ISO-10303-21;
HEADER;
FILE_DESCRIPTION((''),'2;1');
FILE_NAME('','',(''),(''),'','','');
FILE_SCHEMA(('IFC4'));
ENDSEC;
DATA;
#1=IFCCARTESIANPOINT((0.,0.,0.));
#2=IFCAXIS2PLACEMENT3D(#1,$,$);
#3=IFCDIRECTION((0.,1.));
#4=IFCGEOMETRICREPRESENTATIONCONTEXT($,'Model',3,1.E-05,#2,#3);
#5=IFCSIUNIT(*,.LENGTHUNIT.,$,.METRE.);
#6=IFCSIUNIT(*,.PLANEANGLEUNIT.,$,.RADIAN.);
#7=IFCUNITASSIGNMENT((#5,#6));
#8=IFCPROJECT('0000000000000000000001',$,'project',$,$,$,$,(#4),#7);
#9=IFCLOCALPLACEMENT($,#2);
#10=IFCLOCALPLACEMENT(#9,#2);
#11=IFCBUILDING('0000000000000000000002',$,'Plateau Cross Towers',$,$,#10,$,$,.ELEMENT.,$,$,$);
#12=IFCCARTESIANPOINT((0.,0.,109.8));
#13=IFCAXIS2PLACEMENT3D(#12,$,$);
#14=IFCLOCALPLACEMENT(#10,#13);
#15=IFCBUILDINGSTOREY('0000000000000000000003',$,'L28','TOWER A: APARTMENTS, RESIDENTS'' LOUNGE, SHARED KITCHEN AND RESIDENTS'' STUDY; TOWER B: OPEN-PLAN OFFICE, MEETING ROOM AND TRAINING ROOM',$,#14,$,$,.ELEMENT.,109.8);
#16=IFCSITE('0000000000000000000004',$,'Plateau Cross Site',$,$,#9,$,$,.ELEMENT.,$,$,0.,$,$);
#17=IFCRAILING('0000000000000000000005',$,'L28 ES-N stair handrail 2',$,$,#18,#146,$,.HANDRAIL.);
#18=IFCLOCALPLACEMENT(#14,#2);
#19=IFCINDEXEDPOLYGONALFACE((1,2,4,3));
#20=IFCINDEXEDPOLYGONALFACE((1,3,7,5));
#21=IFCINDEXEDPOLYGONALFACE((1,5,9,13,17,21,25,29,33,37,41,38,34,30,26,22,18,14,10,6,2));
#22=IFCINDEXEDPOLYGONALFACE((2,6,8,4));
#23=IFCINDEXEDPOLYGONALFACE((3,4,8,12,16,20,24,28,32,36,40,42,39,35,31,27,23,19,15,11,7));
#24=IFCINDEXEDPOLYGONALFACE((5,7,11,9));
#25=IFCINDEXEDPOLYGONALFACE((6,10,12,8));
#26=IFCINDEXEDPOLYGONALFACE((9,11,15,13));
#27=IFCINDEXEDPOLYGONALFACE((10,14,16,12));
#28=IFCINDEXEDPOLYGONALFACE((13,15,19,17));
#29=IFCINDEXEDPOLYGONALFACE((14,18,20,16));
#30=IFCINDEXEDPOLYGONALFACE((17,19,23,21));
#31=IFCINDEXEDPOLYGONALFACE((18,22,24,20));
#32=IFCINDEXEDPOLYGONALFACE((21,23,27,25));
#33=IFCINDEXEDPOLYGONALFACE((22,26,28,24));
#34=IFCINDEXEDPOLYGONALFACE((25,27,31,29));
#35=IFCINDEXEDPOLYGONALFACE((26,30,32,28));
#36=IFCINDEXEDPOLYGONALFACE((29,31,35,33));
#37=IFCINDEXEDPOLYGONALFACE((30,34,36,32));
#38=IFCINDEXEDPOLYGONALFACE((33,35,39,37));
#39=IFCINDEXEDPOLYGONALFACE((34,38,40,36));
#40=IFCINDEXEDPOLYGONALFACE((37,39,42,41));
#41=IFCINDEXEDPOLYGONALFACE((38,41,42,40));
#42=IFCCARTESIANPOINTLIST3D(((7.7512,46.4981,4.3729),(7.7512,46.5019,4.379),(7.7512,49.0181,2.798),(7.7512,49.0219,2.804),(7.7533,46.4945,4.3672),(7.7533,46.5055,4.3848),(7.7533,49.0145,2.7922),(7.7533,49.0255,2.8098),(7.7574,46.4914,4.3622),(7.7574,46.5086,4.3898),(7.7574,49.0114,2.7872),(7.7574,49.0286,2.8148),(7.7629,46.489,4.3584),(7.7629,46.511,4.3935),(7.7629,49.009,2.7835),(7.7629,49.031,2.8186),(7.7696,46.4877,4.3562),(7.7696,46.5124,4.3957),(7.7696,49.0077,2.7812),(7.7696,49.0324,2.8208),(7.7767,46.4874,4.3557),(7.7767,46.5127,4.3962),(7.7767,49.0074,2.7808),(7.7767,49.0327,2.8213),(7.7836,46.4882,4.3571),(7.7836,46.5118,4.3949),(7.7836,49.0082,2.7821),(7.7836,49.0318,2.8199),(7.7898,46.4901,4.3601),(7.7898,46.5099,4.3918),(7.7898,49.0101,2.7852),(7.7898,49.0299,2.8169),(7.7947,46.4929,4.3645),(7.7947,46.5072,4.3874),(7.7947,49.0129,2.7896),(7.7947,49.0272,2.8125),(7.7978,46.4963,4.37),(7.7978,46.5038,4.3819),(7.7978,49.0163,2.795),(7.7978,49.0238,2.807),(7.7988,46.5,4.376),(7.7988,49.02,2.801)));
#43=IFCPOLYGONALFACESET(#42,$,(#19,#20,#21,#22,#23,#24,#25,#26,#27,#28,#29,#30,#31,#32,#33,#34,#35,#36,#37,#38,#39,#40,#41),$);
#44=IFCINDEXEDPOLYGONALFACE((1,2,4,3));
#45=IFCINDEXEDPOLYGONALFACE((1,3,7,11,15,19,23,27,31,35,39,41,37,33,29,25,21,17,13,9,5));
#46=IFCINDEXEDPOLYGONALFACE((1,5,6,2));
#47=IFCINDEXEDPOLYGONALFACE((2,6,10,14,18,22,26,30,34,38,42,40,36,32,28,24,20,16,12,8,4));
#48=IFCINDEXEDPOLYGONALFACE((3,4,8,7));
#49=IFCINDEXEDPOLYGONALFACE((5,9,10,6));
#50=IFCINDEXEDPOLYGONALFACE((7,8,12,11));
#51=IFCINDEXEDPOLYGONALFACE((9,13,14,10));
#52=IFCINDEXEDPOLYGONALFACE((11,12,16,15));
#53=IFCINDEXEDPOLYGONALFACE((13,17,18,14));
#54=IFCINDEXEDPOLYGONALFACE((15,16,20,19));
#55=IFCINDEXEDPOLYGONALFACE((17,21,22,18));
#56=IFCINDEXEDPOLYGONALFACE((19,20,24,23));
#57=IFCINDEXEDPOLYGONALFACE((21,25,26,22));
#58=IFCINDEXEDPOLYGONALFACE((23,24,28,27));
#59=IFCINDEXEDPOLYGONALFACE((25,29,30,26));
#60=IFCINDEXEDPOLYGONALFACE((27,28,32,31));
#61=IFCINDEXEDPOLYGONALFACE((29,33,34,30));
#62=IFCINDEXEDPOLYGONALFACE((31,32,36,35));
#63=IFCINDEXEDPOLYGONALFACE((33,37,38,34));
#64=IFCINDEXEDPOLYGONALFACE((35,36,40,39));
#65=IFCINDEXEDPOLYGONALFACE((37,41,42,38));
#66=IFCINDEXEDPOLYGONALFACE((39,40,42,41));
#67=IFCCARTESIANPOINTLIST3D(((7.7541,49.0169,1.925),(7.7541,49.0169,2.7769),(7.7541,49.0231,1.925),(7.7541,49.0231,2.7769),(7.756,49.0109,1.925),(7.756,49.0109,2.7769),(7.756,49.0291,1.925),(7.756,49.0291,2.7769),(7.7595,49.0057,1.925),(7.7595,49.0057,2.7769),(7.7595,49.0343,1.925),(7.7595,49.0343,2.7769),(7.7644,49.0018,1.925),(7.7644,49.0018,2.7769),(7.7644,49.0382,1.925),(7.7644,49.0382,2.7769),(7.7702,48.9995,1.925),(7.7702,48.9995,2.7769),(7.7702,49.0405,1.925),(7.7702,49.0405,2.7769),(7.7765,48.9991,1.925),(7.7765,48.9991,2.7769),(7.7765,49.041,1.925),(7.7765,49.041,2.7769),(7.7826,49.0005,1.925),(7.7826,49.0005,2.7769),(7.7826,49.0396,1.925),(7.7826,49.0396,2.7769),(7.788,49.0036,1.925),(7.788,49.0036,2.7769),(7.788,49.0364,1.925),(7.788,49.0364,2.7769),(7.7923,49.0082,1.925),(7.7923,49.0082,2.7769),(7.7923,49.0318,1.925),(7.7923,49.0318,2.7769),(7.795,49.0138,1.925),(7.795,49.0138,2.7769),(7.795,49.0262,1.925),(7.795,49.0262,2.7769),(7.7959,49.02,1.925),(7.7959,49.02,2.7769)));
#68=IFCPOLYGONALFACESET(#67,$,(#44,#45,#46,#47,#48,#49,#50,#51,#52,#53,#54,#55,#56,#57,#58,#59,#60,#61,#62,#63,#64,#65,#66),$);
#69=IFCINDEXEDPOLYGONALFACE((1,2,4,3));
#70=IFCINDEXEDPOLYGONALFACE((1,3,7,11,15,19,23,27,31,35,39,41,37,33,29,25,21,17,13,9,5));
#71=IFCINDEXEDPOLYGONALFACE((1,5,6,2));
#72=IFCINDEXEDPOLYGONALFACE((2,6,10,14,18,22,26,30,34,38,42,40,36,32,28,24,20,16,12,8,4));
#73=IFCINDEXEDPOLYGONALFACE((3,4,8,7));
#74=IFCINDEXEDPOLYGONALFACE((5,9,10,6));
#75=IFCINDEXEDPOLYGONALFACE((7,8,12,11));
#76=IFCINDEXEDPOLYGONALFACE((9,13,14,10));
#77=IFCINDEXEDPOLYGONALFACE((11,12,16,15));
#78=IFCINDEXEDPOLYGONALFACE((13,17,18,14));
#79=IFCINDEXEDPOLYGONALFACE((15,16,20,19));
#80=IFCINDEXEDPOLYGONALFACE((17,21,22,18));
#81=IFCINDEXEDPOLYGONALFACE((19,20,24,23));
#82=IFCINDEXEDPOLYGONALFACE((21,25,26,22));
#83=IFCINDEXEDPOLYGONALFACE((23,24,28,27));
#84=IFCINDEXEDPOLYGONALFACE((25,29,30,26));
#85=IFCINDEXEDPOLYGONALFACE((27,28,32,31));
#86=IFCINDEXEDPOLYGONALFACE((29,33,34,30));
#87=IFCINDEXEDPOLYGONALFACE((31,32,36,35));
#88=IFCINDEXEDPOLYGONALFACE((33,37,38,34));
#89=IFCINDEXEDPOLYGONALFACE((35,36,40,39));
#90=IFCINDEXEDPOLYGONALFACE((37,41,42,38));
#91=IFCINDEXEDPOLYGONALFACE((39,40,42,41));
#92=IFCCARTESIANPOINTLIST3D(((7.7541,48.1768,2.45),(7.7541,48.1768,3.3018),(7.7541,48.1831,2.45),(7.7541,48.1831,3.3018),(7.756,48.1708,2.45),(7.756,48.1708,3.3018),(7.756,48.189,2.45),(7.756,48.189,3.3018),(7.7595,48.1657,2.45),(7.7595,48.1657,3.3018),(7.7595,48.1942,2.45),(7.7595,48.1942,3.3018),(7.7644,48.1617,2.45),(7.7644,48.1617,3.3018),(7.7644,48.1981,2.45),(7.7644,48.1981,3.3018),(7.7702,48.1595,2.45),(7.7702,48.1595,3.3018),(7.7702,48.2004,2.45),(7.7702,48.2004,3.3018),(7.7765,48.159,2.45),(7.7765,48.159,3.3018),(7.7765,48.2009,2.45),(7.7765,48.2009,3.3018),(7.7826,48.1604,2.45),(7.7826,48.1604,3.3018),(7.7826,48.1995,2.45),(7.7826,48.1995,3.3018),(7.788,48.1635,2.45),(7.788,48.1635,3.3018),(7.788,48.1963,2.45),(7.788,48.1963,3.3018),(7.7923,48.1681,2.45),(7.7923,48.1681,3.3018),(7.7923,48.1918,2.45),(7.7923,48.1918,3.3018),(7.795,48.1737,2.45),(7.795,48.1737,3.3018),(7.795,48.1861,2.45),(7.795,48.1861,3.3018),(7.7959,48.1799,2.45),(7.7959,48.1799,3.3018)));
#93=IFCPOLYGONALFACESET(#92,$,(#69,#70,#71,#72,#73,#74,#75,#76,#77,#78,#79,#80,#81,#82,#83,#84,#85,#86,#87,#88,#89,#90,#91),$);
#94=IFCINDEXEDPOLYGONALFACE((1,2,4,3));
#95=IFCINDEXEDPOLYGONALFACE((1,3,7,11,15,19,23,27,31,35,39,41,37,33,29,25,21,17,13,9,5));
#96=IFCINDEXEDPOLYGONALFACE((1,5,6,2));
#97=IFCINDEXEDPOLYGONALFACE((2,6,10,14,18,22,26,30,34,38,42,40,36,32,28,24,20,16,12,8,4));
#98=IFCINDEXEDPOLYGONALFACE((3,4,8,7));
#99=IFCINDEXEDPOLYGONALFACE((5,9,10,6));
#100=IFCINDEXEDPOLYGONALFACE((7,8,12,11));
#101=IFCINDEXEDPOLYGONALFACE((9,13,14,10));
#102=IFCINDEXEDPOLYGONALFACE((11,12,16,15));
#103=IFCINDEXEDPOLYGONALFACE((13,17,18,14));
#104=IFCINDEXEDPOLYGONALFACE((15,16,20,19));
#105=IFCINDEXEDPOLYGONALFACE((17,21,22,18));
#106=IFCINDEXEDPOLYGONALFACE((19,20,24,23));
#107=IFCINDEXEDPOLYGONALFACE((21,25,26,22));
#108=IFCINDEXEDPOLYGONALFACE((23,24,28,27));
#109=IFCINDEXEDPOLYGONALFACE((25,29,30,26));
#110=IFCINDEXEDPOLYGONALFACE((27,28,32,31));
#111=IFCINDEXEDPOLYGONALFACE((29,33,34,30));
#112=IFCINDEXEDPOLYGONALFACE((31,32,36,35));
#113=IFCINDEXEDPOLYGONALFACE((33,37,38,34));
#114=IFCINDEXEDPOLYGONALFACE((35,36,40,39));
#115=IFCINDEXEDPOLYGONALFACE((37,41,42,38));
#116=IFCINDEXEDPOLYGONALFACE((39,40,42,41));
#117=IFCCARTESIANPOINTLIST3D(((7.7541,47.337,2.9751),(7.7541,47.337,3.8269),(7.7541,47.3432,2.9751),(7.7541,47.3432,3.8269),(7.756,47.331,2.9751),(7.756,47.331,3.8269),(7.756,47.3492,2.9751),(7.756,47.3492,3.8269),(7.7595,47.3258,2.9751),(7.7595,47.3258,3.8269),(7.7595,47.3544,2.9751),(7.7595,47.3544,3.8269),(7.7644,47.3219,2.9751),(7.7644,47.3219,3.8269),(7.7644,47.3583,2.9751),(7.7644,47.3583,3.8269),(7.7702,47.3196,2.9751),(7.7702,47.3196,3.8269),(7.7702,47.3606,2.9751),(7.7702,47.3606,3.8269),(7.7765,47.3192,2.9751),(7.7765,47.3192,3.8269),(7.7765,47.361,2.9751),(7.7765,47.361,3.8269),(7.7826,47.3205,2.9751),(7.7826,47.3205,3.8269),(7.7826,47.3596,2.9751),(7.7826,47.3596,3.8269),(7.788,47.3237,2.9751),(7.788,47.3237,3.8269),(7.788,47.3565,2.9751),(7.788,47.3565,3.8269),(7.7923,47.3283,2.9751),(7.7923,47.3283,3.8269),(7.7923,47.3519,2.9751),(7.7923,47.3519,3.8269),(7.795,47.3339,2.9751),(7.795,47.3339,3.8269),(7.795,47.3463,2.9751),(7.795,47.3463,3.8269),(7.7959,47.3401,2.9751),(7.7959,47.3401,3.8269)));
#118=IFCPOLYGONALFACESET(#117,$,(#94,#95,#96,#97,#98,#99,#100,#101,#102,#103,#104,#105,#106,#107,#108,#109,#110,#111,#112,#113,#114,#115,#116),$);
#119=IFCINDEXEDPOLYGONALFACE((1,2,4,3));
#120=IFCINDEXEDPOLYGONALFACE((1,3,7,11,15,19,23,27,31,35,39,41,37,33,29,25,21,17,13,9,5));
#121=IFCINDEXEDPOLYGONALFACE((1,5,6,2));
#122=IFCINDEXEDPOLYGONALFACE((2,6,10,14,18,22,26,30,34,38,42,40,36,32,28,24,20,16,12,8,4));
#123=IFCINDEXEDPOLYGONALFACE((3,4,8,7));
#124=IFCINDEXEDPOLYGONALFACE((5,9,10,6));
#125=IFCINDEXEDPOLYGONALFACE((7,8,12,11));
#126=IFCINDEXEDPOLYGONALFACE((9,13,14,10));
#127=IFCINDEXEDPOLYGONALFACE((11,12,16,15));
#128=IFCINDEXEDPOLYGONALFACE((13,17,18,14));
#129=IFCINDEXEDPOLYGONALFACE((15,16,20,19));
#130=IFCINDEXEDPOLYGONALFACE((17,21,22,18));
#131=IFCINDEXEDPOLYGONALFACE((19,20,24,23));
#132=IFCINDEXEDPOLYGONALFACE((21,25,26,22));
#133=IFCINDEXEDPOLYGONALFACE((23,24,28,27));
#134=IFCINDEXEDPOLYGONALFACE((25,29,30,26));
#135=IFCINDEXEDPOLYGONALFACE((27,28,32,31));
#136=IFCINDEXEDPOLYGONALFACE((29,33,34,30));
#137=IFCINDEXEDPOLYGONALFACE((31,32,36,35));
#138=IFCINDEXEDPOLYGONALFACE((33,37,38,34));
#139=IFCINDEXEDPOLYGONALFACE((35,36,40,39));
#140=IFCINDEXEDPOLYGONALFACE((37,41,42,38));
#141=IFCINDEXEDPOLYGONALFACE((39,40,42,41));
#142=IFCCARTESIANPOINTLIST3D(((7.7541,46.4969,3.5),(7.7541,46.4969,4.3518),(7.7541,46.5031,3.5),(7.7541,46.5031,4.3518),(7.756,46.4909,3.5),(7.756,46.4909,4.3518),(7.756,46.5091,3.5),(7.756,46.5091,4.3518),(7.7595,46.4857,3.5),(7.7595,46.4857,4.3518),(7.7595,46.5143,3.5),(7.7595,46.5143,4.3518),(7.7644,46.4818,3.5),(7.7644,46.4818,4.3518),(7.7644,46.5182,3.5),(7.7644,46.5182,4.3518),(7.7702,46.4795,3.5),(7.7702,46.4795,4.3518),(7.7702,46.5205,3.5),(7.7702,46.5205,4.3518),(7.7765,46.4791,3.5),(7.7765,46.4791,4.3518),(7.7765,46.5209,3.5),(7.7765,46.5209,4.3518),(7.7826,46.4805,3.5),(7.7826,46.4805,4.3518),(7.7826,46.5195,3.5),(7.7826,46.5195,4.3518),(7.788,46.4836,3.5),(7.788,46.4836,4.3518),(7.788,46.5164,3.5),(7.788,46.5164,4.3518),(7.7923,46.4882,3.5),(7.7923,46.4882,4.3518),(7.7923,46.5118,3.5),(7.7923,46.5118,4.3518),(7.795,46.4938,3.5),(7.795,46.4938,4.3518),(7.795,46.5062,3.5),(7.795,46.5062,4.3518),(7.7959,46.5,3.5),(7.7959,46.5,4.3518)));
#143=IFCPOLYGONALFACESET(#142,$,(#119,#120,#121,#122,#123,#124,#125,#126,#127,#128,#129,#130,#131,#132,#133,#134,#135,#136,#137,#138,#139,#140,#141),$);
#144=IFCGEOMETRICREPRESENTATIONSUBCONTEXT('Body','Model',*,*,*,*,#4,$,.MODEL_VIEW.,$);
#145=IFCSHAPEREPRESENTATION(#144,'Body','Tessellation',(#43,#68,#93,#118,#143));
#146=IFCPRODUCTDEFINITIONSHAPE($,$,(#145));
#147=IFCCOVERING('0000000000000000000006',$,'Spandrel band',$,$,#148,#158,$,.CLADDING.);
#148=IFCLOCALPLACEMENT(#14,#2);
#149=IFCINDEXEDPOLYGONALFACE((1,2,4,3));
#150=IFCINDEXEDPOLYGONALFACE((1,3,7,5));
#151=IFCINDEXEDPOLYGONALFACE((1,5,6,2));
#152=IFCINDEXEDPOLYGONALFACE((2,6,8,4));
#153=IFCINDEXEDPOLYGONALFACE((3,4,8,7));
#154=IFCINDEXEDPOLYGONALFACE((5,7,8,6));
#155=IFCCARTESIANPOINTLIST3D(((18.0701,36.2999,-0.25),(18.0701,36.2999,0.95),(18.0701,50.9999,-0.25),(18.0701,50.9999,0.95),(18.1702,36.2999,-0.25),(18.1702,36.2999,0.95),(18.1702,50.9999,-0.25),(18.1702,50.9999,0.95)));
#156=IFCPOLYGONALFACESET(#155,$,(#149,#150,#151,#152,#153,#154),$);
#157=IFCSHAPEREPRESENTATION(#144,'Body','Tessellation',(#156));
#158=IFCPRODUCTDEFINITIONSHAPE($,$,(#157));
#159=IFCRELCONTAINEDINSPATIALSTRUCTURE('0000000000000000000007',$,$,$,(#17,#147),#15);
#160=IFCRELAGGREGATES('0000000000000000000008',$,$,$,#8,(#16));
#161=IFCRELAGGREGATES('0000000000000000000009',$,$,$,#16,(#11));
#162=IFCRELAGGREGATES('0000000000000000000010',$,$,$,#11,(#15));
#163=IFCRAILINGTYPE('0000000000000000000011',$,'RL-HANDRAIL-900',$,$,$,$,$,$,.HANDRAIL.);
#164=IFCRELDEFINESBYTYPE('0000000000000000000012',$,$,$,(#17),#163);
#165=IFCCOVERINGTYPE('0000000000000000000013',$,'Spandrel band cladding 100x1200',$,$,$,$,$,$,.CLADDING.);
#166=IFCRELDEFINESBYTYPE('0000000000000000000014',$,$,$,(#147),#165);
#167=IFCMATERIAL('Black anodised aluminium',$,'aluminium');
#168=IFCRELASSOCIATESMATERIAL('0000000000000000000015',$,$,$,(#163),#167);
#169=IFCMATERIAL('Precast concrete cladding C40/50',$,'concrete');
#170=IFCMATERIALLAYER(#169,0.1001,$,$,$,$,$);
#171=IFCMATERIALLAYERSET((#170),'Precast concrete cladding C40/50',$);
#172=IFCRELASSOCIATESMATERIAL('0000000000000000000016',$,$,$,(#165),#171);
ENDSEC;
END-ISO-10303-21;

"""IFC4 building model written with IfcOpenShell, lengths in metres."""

from ifc_helpers import new_model, si_unit, direction, frame, origin, origin_2d, place, context, subcontext, project, spatial, rectangle, circle, extrude, material, layer, layer_set, type_object, element, save


model = new_model("IFC4")

# Units and contexts
model_context = context("Model", 3, precision=1e-05, world=origin(), true_north=direction((0.0, 1.0)))
body_context = subcontext(model_context, "Body", "Model", "MODEL_VIEW")
ifc_project = project(units=[si_unit("LENGTHUNIT", "METRE"), si_unit("PLANEANGLEUNIT", "RADIAN")], contexts=[model_context])

# Site, building, storey
site_placement = place(None, origin())
site = spatial("IfcSite", under=ifc_project, at=site_placement, Name="Plateau Cross Site", CompositionType="ELEMENT", RefElevation=0.0)
building_placement = place(site_placement, origin())
building = spatial("IfcBuilding", under=site, at=building_placement, Name="Plateau Cross Towers", CompositionType="ELEMENT")
storey_placement = place(building_placement, frame((0.0, 0.0, 109.8)))
storey = spatial("IfcBuildingStorey", under=building, at=storey_placement, Name="L28", Description="TOWER A: APARTMENTS, RESIDENTS' LOUNGE, SHARED KITCHEN AND RESIDENTS' STUDY; TOWER B: OPEN-PLAN OFFICE, MEETING ROOM AND TRAINING ROOM", CompositionType="ELEMENT", Elevation=109.8)

# Shared definitions
ifc_material_1 = material(Name="Black anodised aluminium", Category="aluminium")

# Railing
railing_type_1 = type_object("IfcRailingType", Name="RL-HANDRAIL-900", PredefinedType="HANDRAIL", material=ifc_material_1)
railing_1_placement = place(storey_placement, frame((7.7749, 49.02, 1.925)))
element("IfcRailing", 1, at=railing_1_placement, inside=storey, type_object=railing_type_1, Name="L28 ES-N stair handrail 2", PredefinedType="HANDRAIL", context=body_context, shape_type="SweptSolid", body=[
    extrude(circle(Radius=0.0239, at=origin_2d()), frame((0.0, 0.0, 0.876), z_axis=(0.0, -0.848008, 0.529984), x_axis=(1.0, 0.0, 0.0)), (0.0, 0.0, 1.0), 2.9717),
    extrude(circle(Radius=0.021, at=origin_2d()), origin(), (0.0, 0.0, 1.0), 0.8518),
    extrude(circle(Radius=0.021, at=origin_2d()), frame((0.0, -0.8401, 0.5249)), (0.0, 0.0, 1.0), 0.8518),
    extrude(circle(Radius=0.021, at=origin_2d()), frame((0.0, -1.6799, 1.05)), (0.0, 0.0, 1.0), 0.8518),
    extrude(circle(Radius=0.021, at=origin_2d()), frame((0.0, -2.52, 1.575)), (0.0, 0.0, 1.0), 0.8518),
])

# Covering
ifc_material_2 = material(Name="Precast concrete cladding C40/50", Category="concrete")
ifc_layer_1 = layer(ifc_material_2, 0.1001)
ifc_layer_set_1 = layer_set([ifc_layer_1], Name="Precast concrete cladding C40/50")
covering_type = type_object("IfcCoveringType", Name="Spandrel band cladding 100x1200", PredefinedType="CLADDING", material=ifc_layer_set_1)
covering_placement = place(storey_placement, frame((18.1201, 43.6499, -0.25), z_axis=(0.0, 0.0, 1.0), x_axis=(0.0, 1.0, 0.0)))
element("IfcCovering", 2, at=covering_placement, inside=storey, type_object=covering_type, Name="Spandrel band", PredefinedType="CLADDING", context=body_context, shape_type="SweptSolid", body=[
    extrude(rectangle(XDim=14.7, YDim=0.1001, at=origin_2d()), origin(), (0.0, 0.0, 1.0), 1.2),
])

save(model, "model.ifc")
